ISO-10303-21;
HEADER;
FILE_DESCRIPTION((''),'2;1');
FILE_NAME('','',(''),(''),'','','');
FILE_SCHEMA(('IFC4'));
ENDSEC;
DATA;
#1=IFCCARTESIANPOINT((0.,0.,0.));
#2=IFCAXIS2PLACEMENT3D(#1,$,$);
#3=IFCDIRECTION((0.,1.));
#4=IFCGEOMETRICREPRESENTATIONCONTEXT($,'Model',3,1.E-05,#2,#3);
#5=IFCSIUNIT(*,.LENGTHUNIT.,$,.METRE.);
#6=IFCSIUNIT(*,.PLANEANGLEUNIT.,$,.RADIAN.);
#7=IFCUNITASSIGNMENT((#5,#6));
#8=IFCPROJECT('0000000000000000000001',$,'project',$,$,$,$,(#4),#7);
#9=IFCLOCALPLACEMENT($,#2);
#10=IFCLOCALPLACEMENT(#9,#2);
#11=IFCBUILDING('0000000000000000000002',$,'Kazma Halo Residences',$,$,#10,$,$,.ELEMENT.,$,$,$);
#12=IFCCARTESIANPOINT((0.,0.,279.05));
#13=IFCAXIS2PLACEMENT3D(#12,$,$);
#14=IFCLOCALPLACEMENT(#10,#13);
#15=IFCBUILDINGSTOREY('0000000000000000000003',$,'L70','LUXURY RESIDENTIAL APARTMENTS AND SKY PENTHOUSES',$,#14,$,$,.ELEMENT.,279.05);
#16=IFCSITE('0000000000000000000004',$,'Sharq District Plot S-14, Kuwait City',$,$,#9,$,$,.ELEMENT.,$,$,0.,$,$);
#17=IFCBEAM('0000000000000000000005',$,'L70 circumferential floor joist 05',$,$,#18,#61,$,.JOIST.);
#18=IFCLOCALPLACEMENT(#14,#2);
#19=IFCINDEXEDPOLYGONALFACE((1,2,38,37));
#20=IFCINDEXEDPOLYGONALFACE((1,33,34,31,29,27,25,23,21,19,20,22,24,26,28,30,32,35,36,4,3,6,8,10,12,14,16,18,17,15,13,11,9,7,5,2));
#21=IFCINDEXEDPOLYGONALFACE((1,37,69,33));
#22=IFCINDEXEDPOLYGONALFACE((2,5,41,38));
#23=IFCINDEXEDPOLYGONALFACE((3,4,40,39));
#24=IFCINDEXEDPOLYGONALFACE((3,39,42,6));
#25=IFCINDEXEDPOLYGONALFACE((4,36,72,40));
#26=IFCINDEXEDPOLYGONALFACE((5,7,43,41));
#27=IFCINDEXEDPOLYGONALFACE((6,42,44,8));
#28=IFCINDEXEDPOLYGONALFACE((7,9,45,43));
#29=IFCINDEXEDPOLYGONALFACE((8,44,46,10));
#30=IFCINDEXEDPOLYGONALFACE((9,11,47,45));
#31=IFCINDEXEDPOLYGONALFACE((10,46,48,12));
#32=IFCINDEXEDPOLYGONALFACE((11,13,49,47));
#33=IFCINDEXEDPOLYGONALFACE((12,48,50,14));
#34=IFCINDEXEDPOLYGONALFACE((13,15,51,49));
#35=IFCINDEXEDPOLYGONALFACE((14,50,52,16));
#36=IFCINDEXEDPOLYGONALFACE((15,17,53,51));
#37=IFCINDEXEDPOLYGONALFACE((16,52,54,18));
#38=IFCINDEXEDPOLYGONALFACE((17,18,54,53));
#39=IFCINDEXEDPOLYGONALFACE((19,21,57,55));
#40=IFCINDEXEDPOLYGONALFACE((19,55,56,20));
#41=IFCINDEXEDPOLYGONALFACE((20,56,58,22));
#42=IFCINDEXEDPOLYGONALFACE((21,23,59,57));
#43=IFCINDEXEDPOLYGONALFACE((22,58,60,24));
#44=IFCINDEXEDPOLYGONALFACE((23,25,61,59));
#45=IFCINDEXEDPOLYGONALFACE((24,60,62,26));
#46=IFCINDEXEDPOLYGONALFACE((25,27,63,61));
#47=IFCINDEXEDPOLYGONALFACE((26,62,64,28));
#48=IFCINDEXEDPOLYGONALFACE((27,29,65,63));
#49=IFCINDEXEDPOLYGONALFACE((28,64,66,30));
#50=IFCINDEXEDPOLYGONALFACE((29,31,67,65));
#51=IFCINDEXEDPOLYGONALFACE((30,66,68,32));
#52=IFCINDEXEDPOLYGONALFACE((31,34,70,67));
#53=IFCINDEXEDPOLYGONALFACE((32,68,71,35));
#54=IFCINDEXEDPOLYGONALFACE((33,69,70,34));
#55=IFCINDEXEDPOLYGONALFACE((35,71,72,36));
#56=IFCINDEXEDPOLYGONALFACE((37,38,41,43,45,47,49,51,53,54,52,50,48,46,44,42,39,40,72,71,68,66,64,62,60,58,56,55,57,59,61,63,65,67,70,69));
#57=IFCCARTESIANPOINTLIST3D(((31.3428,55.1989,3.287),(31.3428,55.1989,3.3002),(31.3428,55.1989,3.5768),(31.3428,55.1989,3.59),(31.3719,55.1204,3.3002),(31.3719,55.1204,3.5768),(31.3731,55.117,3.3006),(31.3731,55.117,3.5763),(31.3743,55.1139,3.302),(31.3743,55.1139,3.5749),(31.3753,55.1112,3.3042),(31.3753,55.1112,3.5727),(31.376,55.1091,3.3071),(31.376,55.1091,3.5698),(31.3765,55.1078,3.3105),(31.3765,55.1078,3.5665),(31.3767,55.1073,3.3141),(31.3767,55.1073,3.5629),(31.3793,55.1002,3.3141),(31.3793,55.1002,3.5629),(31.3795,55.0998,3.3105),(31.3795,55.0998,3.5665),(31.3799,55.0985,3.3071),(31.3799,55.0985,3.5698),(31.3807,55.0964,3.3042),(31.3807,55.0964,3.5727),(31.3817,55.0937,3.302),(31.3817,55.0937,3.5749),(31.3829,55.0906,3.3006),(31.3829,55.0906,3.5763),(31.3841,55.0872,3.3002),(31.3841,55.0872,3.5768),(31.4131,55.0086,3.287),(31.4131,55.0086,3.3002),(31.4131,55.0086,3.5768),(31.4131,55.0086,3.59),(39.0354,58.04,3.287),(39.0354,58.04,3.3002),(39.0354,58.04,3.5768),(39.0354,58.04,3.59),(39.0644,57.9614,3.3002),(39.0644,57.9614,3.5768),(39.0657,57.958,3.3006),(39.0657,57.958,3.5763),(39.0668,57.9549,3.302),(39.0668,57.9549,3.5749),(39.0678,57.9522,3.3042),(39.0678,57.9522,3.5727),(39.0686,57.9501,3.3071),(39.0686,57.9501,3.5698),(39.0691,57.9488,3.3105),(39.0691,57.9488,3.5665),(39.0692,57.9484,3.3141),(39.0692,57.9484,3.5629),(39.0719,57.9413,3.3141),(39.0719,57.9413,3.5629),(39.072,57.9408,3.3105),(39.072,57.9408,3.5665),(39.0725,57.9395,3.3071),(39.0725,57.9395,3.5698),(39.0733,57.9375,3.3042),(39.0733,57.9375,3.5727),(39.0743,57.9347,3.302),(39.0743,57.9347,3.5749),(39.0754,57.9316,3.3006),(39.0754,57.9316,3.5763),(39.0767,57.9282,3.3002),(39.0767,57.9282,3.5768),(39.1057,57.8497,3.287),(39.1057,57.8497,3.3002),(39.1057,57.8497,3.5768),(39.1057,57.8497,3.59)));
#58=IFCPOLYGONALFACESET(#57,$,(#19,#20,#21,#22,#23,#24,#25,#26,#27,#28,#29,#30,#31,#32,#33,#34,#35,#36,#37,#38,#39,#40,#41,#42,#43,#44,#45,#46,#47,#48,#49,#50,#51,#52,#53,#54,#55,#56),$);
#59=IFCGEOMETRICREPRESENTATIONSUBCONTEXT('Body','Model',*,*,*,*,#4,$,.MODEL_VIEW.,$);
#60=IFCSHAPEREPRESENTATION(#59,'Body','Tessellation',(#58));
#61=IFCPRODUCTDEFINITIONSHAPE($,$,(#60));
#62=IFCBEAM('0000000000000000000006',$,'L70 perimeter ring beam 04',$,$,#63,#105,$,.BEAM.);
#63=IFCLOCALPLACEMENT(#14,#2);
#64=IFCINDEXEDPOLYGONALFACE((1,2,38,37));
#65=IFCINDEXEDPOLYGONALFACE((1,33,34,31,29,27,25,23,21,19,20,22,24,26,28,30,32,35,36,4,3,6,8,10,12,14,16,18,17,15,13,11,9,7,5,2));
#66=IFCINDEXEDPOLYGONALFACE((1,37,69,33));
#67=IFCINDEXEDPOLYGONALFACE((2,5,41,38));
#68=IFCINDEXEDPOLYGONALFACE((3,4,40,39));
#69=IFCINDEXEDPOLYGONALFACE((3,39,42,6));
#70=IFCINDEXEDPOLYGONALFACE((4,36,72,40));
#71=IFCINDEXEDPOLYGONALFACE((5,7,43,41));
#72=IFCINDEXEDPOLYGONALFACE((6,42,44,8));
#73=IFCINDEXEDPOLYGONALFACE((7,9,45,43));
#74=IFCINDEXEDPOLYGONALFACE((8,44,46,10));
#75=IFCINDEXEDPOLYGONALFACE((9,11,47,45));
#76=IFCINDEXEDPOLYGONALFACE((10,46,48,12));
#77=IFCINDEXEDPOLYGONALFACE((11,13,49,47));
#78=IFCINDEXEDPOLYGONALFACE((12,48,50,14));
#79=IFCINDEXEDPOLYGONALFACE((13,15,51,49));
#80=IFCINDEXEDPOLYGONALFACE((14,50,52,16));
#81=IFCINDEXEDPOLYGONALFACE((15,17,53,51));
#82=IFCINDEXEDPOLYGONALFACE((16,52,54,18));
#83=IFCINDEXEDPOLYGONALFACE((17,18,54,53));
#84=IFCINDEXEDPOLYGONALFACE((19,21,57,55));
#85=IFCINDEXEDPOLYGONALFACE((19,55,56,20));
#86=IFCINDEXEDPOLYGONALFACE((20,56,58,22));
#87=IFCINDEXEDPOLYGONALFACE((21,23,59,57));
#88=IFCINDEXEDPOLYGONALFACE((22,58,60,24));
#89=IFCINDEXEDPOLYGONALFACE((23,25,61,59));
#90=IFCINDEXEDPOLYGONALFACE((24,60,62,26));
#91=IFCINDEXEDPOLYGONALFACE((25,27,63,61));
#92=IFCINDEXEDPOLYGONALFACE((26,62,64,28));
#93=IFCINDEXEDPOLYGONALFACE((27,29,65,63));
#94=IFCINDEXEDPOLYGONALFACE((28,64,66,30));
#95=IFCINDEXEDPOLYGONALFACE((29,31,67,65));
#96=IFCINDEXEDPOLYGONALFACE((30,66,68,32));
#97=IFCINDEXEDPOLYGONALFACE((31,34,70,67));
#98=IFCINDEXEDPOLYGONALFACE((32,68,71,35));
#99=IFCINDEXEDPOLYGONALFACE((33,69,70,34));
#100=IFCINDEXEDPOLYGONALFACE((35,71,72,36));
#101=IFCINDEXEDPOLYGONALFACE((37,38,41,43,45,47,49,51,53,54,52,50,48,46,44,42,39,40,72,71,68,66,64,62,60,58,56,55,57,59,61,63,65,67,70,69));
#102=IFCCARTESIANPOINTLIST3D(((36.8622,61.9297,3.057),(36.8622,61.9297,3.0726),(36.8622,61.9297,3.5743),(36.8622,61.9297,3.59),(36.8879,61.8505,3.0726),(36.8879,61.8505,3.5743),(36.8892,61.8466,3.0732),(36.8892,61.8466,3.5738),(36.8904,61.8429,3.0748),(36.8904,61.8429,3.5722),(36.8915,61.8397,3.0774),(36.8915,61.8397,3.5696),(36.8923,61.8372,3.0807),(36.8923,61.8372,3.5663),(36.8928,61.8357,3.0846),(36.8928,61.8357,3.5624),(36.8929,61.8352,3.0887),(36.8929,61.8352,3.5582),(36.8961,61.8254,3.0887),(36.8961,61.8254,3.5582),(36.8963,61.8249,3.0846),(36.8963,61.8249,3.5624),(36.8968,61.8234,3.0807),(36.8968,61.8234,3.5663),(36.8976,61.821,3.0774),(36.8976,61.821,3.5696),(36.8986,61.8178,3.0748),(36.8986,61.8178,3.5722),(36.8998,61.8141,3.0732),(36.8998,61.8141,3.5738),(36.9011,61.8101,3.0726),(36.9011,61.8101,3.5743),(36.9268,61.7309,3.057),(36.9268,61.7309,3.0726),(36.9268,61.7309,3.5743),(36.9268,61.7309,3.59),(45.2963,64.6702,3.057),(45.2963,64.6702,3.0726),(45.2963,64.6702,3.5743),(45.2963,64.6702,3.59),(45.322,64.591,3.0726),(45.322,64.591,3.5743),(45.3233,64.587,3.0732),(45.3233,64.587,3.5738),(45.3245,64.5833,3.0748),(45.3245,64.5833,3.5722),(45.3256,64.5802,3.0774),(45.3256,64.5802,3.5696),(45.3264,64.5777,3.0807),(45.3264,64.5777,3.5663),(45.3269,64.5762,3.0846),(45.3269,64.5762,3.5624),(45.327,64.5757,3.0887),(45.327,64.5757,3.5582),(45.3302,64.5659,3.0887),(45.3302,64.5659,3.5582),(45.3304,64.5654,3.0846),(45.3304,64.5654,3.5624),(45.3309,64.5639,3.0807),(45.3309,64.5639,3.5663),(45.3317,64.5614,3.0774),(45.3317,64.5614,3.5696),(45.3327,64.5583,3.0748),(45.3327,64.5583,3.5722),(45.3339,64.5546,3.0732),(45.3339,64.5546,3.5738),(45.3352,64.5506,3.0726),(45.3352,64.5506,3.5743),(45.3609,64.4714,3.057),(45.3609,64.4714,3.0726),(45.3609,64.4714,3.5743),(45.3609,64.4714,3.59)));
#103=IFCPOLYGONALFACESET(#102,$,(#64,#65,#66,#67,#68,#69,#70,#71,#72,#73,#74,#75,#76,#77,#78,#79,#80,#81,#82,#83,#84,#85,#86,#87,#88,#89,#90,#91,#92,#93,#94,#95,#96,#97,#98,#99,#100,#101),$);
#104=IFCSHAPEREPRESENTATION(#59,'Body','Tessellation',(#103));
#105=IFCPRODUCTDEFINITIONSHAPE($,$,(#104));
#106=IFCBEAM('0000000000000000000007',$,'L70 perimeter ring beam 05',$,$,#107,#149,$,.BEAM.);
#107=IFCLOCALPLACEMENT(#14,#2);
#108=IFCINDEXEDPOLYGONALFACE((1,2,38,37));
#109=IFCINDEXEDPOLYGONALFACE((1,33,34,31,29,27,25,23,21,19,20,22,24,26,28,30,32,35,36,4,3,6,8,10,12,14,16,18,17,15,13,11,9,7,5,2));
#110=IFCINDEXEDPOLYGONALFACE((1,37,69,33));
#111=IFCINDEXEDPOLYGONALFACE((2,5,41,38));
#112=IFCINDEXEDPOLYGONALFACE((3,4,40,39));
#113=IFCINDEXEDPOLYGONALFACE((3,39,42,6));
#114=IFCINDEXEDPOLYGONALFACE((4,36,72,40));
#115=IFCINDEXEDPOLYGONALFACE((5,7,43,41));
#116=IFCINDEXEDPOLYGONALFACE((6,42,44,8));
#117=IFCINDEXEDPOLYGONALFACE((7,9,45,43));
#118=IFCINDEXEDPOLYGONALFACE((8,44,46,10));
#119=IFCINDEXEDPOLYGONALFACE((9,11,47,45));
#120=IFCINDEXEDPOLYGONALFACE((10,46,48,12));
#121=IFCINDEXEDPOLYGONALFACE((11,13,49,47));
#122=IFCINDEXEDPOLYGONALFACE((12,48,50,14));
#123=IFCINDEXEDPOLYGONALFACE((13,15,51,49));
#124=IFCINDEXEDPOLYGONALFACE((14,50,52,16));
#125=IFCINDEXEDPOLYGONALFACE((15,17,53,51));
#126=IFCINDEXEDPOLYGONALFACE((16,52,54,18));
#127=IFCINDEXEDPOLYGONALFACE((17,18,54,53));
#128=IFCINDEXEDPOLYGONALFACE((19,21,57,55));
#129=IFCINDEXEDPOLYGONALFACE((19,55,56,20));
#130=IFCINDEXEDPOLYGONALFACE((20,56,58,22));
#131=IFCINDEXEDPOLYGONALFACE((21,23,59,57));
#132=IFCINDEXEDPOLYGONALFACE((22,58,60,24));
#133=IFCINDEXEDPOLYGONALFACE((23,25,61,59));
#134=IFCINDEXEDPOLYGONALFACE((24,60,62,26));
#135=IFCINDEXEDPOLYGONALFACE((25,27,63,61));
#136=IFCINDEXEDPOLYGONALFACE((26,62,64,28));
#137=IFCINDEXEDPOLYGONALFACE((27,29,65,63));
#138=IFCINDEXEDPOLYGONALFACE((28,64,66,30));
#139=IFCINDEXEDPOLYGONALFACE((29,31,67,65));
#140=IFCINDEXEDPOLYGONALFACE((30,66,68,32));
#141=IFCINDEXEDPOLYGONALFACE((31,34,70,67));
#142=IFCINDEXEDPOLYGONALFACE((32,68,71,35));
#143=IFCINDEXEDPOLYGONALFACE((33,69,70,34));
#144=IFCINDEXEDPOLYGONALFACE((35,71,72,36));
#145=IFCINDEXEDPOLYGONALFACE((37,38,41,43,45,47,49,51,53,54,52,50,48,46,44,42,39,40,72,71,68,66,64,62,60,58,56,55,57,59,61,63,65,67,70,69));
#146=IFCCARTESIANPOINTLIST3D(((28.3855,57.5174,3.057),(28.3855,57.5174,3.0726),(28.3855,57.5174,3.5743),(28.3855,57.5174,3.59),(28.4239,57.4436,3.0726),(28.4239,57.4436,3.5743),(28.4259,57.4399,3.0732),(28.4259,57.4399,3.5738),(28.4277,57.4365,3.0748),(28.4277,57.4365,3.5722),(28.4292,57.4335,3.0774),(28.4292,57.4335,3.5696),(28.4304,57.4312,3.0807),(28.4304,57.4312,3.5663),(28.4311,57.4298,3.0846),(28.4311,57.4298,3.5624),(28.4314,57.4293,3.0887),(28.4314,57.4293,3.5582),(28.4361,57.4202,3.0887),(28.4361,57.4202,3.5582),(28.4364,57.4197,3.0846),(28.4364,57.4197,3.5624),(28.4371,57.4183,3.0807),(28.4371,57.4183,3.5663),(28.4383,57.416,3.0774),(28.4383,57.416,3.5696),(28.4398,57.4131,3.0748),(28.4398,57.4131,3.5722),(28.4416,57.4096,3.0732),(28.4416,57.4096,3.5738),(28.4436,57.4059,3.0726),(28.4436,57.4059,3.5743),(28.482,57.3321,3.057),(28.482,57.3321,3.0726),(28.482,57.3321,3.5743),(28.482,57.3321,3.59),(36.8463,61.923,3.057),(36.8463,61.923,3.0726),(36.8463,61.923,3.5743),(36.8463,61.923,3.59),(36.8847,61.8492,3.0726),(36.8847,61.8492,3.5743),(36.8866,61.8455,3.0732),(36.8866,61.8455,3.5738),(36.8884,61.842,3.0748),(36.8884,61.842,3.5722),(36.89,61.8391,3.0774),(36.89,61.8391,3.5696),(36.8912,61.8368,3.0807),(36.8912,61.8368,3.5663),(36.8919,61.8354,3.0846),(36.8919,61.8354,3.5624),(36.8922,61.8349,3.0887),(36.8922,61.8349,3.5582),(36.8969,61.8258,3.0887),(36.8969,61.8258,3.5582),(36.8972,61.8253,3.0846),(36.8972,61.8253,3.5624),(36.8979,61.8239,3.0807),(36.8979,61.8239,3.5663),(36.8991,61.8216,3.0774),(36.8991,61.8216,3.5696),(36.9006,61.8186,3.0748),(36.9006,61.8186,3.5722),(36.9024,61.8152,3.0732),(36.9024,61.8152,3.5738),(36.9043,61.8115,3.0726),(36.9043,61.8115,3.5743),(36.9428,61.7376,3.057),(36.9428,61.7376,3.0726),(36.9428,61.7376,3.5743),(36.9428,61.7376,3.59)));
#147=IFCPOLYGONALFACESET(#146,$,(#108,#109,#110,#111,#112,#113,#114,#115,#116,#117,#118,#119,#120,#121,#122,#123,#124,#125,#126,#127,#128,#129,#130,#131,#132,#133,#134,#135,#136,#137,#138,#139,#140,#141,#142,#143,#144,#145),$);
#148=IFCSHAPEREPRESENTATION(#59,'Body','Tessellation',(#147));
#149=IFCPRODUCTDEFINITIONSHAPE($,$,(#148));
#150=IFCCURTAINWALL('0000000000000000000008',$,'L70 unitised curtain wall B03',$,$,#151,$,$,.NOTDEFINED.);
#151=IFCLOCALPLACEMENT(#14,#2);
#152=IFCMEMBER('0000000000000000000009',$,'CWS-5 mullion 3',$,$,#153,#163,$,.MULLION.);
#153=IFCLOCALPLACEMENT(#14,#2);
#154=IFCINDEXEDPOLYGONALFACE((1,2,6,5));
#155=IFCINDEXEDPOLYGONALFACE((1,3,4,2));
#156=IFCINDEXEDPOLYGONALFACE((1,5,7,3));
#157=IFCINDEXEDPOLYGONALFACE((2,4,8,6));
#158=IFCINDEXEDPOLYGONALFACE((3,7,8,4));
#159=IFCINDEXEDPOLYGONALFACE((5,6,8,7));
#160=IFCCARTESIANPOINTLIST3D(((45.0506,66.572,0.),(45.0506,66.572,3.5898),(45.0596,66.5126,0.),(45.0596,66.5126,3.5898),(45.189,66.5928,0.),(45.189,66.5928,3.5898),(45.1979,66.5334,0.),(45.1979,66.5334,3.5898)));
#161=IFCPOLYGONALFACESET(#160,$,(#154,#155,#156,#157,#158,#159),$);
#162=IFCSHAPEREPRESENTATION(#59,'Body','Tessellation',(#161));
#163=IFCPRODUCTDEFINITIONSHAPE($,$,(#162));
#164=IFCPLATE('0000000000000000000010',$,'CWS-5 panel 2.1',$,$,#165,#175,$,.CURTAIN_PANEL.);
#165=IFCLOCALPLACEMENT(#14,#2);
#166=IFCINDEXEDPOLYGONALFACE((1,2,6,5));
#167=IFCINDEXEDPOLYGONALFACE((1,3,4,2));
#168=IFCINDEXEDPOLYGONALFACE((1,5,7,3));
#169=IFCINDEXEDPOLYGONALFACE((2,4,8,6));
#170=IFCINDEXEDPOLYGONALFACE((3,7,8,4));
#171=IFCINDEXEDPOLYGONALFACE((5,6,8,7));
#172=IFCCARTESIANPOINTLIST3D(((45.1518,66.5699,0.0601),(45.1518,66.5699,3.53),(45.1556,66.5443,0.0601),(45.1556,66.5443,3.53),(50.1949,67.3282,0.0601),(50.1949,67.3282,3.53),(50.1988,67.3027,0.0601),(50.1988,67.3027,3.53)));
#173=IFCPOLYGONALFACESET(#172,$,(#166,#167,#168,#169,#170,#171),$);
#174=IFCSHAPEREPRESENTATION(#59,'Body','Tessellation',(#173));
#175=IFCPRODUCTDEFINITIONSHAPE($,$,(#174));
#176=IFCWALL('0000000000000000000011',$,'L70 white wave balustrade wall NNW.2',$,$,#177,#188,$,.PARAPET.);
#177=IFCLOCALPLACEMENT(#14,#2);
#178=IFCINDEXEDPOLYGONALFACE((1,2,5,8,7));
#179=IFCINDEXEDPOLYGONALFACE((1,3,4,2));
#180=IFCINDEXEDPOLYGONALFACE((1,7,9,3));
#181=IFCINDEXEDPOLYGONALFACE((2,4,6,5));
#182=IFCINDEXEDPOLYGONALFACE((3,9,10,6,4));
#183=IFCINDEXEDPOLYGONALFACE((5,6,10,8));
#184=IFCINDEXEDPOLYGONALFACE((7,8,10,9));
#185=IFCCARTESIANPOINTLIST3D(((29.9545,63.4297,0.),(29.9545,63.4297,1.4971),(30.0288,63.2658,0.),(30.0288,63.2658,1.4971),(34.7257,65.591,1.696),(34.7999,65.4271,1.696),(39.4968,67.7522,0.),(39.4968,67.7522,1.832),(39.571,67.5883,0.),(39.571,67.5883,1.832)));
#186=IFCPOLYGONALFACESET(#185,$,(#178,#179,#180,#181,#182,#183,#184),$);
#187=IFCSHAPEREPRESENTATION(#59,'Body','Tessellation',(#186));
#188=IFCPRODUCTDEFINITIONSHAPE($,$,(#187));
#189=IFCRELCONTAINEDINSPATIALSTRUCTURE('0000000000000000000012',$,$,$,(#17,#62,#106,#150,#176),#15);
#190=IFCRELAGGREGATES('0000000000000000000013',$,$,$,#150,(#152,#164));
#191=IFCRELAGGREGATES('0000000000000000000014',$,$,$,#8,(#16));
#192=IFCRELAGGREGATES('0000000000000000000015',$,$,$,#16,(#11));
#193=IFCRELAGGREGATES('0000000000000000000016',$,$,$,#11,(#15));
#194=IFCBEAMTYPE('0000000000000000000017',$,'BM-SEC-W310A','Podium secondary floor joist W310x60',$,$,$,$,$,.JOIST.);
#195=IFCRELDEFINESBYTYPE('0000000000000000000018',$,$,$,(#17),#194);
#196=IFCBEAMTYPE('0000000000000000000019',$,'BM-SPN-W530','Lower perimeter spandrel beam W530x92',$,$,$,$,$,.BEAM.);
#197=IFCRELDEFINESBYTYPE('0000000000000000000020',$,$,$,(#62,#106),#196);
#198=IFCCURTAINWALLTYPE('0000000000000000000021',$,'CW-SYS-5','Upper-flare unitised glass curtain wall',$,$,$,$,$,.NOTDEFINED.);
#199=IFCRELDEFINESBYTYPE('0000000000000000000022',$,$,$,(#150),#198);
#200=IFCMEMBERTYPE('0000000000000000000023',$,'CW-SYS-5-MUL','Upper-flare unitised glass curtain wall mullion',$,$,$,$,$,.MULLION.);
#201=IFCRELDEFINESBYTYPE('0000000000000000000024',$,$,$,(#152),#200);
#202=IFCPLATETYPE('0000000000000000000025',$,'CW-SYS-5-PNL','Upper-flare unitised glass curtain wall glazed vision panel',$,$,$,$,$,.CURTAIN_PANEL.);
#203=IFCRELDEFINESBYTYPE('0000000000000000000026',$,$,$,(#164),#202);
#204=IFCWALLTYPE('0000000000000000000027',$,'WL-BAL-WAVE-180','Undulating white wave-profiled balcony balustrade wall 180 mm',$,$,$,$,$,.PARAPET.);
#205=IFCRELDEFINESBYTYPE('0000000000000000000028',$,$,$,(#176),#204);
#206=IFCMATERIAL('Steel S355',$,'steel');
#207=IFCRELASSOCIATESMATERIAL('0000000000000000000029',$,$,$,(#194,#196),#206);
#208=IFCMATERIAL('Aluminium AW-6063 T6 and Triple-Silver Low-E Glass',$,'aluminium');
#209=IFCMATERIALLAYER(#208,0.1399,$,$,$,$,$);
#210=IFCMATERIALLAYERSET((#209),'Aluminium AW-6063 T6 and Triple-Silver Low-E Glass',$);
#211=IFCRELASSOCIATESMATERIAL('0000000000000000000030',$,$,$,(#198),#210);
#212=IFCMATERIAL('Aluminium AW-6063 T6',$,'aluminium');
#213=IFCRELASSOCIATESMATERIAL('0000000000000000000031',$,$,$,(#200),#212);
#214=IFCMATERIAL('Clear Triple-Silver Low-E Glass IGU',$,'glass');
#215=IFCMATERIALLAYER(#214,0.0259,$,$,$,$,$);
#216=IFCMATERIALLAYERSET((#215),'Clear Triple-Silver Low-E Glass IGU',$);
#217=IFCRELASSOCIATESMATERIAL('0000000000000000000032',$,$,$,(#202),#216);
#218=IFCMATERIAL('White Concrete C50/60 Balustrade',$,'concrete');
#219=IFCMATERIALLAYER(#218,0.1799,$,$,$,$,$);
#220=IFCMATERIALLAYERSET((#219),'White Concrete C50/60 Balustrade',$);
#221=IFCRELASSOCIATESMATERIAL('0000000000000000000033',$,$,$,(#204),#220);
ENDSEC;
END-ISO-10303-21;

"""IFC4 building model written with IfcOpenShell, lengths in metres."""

from ifc_helpers import new_model, si_unit, direction, frame, origin, origin_2d, place, context, subcontext, project, spatial, polyline, rectangle, i_section, outline, extrude, material, layer, layer_set, material_profile, profile_set, type_object, element, aggregate, save


model = new_model("IFC4")

# Units and contexts
model_context = context("Model", 3, precision=1e-05, world=origin(), true_north=direction((0.0, 1.0)))
body_context = subcontext(model_context, "Body", "Model", "MODEL_VIEW")
ifc_project = project(units=[si_unit("LENGTHUNIT", "METRE"), si_unit("PLANEANGLEUNIT", "RADIAN")], contexts=[model_context])

# Site, building, storey
site_placement = place(None, origin())
site = spatial("IfcSite", under=ifc_project, at=site_placement, Name="Sharq District Plot S-14, Kuwait City", CompositionType="ELEMENT", RefElevation=0.0)
building_placement = place(site_placement, origin())
building = spatial("IfcBuilding", under=site, at=building_placement, Name="Kazma Halo Residences", CompositionType="ELEMENT")
storey_placement = place(building_placement, frame((0.0, 0.0, 279.05)))
storey = spatial("IfcBuildingStorey", under=building, at=storey_placement, Name="L70", Description="LUXURY RESIDENTIAL APARTMENTS AND SKY PENTHOUSES", CompositionType="ELEMENT", Elevation=279.05)

# Beams
ifc_material_1 = material(Name="Steel S355", Category="steel")
ifc_material_profile_1 = material_profile(ifc_material_1, i_section(OverallWidth=0.2029, OverallDepth=0.303, WebThickness=0.0076, FlangeThickness=0.0132, FilletRadius=0.0139, at=origin_2d()), Name="W310x60")
ifc_profile_set_1 = profile_set([ifc_material_profile_1], Name="Steel S355")
beam_type_1 = type_object("IfcBeamType", Name="BM-SEC-W310A", Description="Podium secondary floor joist W310x60", PredefinedType="JOIST", material=ifc_profile_set_1)
beam_1_placement = place(storey_placement, frame((39.0706, 57.9448, 3.4385), z_axis=(-0.938068, -0.34645, 0.0), x_axis=(0.34645, -0.938068, 0.0)))
element("IfcBeam", 1, at=beam_1_placement, inside=storey, type_object=beam_type_1, Name="L70 circumferential floor joist 05", PredefinedType="JOIST", context=body_context, shape_type="SweptSolid", body=[
    extrude(i_section(OverallWidth=0.2029, OverallDepth=0.303, WebThickness=0.0076, FlangeThickness=0.0132, FilletRadius=0.0139, at=origin_2d()), origin(), (0.0, 0.0, 1.0), 8.2004),
])
ifc_material_profile_2 = material_profile(ifc_material_1, i_section(OverallWidth=0.209, OverallDepth=0.533, WebThickness=0.0103, FlangeThickness=0.0156, FilletRadius=0.0161, at=origin_2d()), Name="W530x92")
ifc_profile_set_2 = profile_set([ifc_material_profile_2], Name="Steel S355")
beam_type_2 = type_object("IfcBeamType", Name="BM-SPN-W530", Description="Lower perimeter spandrel beam W530x92", PredefinedType="BEAM", material=ifc_profile_set_2)
beam_2_placement = place(storey_placement, frame((45.3286, 64.5708, 3.3235), z_axis=(-0.951054, -0.309025, 0.0), x_axis=(0.309025, -0.951054, 0.0)))
element("IfcBeam", 2, at=beam_2_placement, inside=storey, type_object=beam_type_2, Name="L70 perimeter ring beam 04", PredefinedType="BEAM", context=body_context, shape_type="SweptSolid", body=[
    extrude(i_section(OverallWidth=0.209, OverallDepth=0.533, WebThickness=0.0103, FlangeThickness=0.0156, FilletRadius=0.0161, at=origin_2d()), origin(), (0.0, 0.0, 1.0), 8.8682),
])
beam_3_placement = place(storey_placement, frame((36.8945, 61.8303, 3.3235), z_axis=(-0.886961, -0.461844, 0.0), x_axis=(0.461844, -0.886961, 0.0)))
element("IfcBeam", 3, at=beam_3_placement, inside=storey, type_object=beam_type_2, Name="L70 perimeter ring beam 05", PredefinedType="BEAM", context=body_context, shape_type="SweptSolid", body=[
    extrude(i_section(OverallWidth=0.209, OverallDepth=0.533, WebThickness=0.0103, FlangeThickness=0.0156, FilletRadius=0.0161, at=origin_2d()), origin(), (0.0, 0.0, 1.0), 9.5391),
])

# Curtain wall, member, plate
ifc_material_2 = material(Name="Aluminium AW-6063 T6 and Triple-Silver Low-E Glass", Category="aluminium")
ifc_layer_1 = layer(ifc_material_2, 0.1399)
ifc_layer_set_1 = layer_set([ifc_layer_1], Name="Aluminium AW-6063 T6 and Triple-Silver Low-E Glass")
curtain_wall_type = type_object("IfcCurtainWallType", Name="CW-SYS-5", Description="Upper-flare unitised glass curtain wall", PredefinedType="NOTDEFINED", material=ifc_layer_set_1)
curtain_wall_placement = place(storey_placement, origin())
curtain_wall = element("IfcCurtainWall", 4, at=curtain_wall_placement, inside=storey, type_object=curtain_wall_type, Name="L70 unitised curtain wall B03", PredefinedType="NOTDEFINED")
ifc_material_3 = material(Name="Aluminium AW-6063 T6", Category="aluminium")
ifc_material_profile_3 = material_profile(ifc_material_3, rectangle(XDim=0.0601, YDim=0.1399, at=origin_2d()), Name="CWM-60x140")
ifc_profile_set_3 = profile_set([ifc_material_profile_3], Name="Aluminium AW-6063 T6")
member_type = type_object("IfcMemberType", Name="CW-SYS-5-MUL", Description="Upper-flare unitised glass curtain wall mullion", PredefinedType="MULLION", material=ifc_profile_set_3)
member_placement = place(storey_placement, frame((45.1243, 66.5527, 0.0), z_axis=(0.0, 0.0, 1.0), x_axis=(0.148697, -0.988883, 0.0)))
member = element("IfcMember", 5, at=member_placement, type_object=member_type, Name="CWS-5 mullion 3", PredefinedType="MULLION", context=body_context, shape_type="SweptSolid", body=[
    extrude(rectangle(XDim=0.0601, YDim=0.1399, at=origin_2d()), origin(), (0.0, 0.0, 1.0), 3.5898),
])
ifc_material_4 = material(Name="Clear Triple-Silver Low-E Glass IGU", Category="glass")
ifc_layer_2 = layer(ifc_material_4, 0.0259)
ifc_layer_set_2 = layer_set([ifc_layer_2], Name="Clear Triple-Silver Low-E Glass IGU")
plate_type = type_object("IfcPlateType", Name="CW-SYS-5-PNL", Description="Upper-flare unitised glass curtain wall glazed vision panel", PredefinedType="CURTAIN_PANEL", material=ifc_layer_set_2)
plate_placement = place(storey_placement, frame((47.6753, 66.9363, 0.0601), z_axis=(0.0, 0.0, 1.0), x_axis=(-0.988883, -0.148697, 0.0)))
plate = element("IfcPlate", 6, at=plate_placement, type_object=plate_type, Name="CWS-5 panel 2.1", PredefinedType="CURTAIN_PANEL", context=body_context, shape_type="SweptSolid", body=[
    extrude(rectangle(XDim=5.0999, YDim=0.0259, at=origin_2d()), origin(), (0.0, 0.0, 1.0), 3.47),
])
aggregate(curtain_wall, [member, plate])

# Wall
ifc_material_5 = material(Name="White Concrete C50/60 Balustrade", Category="concrete")
ifc_layer_3 = layer(ifc_material_5, 0.1799)
ifc_layer_set_3 = layer_set([ifc_layer_3], Name="White Concrete C50/60 Balustrade")
wall_type_1 = type_object("IfcWallType", Name="WL-BAL-WAVE-180", Description="Undulating white wave-profiled balcony balustrade wall 180 mm", PredefinedType="PARAPET", material=ifc_layer_set_3)
wall_1_placement = place(storey_placement, frame((39.5339, 67.6702, 0.0), z_axis=(0.0, 0.0, 1.0), x_axis=(-0.9109, -0.412626, 0.0)))
element("IfcWall", 7, at=wall_1_placement, inside=storey, type_object=wall_type_1, Name="L70 white wave balustrade wall NNW.2", PredefinedType="PARAPET", context=body_context, shape_type="SweptSolid", body=[
    extrude(outline(polyline([(0.0, 0.0), (10.4756, 0.0), (10.4756, 1.4971), (5.2378, 1.696), (0.0, 1.832), (0.0, 0.0)])), frame((0.0, 0.0898, 0.0), z_axis=(0.0, -1.0, 0.0), x_axis=(1.0, 0.0, 0.0)), (0.0, 0.0, 1.0), 0.1799),
])

save(model, "model.ifc")
